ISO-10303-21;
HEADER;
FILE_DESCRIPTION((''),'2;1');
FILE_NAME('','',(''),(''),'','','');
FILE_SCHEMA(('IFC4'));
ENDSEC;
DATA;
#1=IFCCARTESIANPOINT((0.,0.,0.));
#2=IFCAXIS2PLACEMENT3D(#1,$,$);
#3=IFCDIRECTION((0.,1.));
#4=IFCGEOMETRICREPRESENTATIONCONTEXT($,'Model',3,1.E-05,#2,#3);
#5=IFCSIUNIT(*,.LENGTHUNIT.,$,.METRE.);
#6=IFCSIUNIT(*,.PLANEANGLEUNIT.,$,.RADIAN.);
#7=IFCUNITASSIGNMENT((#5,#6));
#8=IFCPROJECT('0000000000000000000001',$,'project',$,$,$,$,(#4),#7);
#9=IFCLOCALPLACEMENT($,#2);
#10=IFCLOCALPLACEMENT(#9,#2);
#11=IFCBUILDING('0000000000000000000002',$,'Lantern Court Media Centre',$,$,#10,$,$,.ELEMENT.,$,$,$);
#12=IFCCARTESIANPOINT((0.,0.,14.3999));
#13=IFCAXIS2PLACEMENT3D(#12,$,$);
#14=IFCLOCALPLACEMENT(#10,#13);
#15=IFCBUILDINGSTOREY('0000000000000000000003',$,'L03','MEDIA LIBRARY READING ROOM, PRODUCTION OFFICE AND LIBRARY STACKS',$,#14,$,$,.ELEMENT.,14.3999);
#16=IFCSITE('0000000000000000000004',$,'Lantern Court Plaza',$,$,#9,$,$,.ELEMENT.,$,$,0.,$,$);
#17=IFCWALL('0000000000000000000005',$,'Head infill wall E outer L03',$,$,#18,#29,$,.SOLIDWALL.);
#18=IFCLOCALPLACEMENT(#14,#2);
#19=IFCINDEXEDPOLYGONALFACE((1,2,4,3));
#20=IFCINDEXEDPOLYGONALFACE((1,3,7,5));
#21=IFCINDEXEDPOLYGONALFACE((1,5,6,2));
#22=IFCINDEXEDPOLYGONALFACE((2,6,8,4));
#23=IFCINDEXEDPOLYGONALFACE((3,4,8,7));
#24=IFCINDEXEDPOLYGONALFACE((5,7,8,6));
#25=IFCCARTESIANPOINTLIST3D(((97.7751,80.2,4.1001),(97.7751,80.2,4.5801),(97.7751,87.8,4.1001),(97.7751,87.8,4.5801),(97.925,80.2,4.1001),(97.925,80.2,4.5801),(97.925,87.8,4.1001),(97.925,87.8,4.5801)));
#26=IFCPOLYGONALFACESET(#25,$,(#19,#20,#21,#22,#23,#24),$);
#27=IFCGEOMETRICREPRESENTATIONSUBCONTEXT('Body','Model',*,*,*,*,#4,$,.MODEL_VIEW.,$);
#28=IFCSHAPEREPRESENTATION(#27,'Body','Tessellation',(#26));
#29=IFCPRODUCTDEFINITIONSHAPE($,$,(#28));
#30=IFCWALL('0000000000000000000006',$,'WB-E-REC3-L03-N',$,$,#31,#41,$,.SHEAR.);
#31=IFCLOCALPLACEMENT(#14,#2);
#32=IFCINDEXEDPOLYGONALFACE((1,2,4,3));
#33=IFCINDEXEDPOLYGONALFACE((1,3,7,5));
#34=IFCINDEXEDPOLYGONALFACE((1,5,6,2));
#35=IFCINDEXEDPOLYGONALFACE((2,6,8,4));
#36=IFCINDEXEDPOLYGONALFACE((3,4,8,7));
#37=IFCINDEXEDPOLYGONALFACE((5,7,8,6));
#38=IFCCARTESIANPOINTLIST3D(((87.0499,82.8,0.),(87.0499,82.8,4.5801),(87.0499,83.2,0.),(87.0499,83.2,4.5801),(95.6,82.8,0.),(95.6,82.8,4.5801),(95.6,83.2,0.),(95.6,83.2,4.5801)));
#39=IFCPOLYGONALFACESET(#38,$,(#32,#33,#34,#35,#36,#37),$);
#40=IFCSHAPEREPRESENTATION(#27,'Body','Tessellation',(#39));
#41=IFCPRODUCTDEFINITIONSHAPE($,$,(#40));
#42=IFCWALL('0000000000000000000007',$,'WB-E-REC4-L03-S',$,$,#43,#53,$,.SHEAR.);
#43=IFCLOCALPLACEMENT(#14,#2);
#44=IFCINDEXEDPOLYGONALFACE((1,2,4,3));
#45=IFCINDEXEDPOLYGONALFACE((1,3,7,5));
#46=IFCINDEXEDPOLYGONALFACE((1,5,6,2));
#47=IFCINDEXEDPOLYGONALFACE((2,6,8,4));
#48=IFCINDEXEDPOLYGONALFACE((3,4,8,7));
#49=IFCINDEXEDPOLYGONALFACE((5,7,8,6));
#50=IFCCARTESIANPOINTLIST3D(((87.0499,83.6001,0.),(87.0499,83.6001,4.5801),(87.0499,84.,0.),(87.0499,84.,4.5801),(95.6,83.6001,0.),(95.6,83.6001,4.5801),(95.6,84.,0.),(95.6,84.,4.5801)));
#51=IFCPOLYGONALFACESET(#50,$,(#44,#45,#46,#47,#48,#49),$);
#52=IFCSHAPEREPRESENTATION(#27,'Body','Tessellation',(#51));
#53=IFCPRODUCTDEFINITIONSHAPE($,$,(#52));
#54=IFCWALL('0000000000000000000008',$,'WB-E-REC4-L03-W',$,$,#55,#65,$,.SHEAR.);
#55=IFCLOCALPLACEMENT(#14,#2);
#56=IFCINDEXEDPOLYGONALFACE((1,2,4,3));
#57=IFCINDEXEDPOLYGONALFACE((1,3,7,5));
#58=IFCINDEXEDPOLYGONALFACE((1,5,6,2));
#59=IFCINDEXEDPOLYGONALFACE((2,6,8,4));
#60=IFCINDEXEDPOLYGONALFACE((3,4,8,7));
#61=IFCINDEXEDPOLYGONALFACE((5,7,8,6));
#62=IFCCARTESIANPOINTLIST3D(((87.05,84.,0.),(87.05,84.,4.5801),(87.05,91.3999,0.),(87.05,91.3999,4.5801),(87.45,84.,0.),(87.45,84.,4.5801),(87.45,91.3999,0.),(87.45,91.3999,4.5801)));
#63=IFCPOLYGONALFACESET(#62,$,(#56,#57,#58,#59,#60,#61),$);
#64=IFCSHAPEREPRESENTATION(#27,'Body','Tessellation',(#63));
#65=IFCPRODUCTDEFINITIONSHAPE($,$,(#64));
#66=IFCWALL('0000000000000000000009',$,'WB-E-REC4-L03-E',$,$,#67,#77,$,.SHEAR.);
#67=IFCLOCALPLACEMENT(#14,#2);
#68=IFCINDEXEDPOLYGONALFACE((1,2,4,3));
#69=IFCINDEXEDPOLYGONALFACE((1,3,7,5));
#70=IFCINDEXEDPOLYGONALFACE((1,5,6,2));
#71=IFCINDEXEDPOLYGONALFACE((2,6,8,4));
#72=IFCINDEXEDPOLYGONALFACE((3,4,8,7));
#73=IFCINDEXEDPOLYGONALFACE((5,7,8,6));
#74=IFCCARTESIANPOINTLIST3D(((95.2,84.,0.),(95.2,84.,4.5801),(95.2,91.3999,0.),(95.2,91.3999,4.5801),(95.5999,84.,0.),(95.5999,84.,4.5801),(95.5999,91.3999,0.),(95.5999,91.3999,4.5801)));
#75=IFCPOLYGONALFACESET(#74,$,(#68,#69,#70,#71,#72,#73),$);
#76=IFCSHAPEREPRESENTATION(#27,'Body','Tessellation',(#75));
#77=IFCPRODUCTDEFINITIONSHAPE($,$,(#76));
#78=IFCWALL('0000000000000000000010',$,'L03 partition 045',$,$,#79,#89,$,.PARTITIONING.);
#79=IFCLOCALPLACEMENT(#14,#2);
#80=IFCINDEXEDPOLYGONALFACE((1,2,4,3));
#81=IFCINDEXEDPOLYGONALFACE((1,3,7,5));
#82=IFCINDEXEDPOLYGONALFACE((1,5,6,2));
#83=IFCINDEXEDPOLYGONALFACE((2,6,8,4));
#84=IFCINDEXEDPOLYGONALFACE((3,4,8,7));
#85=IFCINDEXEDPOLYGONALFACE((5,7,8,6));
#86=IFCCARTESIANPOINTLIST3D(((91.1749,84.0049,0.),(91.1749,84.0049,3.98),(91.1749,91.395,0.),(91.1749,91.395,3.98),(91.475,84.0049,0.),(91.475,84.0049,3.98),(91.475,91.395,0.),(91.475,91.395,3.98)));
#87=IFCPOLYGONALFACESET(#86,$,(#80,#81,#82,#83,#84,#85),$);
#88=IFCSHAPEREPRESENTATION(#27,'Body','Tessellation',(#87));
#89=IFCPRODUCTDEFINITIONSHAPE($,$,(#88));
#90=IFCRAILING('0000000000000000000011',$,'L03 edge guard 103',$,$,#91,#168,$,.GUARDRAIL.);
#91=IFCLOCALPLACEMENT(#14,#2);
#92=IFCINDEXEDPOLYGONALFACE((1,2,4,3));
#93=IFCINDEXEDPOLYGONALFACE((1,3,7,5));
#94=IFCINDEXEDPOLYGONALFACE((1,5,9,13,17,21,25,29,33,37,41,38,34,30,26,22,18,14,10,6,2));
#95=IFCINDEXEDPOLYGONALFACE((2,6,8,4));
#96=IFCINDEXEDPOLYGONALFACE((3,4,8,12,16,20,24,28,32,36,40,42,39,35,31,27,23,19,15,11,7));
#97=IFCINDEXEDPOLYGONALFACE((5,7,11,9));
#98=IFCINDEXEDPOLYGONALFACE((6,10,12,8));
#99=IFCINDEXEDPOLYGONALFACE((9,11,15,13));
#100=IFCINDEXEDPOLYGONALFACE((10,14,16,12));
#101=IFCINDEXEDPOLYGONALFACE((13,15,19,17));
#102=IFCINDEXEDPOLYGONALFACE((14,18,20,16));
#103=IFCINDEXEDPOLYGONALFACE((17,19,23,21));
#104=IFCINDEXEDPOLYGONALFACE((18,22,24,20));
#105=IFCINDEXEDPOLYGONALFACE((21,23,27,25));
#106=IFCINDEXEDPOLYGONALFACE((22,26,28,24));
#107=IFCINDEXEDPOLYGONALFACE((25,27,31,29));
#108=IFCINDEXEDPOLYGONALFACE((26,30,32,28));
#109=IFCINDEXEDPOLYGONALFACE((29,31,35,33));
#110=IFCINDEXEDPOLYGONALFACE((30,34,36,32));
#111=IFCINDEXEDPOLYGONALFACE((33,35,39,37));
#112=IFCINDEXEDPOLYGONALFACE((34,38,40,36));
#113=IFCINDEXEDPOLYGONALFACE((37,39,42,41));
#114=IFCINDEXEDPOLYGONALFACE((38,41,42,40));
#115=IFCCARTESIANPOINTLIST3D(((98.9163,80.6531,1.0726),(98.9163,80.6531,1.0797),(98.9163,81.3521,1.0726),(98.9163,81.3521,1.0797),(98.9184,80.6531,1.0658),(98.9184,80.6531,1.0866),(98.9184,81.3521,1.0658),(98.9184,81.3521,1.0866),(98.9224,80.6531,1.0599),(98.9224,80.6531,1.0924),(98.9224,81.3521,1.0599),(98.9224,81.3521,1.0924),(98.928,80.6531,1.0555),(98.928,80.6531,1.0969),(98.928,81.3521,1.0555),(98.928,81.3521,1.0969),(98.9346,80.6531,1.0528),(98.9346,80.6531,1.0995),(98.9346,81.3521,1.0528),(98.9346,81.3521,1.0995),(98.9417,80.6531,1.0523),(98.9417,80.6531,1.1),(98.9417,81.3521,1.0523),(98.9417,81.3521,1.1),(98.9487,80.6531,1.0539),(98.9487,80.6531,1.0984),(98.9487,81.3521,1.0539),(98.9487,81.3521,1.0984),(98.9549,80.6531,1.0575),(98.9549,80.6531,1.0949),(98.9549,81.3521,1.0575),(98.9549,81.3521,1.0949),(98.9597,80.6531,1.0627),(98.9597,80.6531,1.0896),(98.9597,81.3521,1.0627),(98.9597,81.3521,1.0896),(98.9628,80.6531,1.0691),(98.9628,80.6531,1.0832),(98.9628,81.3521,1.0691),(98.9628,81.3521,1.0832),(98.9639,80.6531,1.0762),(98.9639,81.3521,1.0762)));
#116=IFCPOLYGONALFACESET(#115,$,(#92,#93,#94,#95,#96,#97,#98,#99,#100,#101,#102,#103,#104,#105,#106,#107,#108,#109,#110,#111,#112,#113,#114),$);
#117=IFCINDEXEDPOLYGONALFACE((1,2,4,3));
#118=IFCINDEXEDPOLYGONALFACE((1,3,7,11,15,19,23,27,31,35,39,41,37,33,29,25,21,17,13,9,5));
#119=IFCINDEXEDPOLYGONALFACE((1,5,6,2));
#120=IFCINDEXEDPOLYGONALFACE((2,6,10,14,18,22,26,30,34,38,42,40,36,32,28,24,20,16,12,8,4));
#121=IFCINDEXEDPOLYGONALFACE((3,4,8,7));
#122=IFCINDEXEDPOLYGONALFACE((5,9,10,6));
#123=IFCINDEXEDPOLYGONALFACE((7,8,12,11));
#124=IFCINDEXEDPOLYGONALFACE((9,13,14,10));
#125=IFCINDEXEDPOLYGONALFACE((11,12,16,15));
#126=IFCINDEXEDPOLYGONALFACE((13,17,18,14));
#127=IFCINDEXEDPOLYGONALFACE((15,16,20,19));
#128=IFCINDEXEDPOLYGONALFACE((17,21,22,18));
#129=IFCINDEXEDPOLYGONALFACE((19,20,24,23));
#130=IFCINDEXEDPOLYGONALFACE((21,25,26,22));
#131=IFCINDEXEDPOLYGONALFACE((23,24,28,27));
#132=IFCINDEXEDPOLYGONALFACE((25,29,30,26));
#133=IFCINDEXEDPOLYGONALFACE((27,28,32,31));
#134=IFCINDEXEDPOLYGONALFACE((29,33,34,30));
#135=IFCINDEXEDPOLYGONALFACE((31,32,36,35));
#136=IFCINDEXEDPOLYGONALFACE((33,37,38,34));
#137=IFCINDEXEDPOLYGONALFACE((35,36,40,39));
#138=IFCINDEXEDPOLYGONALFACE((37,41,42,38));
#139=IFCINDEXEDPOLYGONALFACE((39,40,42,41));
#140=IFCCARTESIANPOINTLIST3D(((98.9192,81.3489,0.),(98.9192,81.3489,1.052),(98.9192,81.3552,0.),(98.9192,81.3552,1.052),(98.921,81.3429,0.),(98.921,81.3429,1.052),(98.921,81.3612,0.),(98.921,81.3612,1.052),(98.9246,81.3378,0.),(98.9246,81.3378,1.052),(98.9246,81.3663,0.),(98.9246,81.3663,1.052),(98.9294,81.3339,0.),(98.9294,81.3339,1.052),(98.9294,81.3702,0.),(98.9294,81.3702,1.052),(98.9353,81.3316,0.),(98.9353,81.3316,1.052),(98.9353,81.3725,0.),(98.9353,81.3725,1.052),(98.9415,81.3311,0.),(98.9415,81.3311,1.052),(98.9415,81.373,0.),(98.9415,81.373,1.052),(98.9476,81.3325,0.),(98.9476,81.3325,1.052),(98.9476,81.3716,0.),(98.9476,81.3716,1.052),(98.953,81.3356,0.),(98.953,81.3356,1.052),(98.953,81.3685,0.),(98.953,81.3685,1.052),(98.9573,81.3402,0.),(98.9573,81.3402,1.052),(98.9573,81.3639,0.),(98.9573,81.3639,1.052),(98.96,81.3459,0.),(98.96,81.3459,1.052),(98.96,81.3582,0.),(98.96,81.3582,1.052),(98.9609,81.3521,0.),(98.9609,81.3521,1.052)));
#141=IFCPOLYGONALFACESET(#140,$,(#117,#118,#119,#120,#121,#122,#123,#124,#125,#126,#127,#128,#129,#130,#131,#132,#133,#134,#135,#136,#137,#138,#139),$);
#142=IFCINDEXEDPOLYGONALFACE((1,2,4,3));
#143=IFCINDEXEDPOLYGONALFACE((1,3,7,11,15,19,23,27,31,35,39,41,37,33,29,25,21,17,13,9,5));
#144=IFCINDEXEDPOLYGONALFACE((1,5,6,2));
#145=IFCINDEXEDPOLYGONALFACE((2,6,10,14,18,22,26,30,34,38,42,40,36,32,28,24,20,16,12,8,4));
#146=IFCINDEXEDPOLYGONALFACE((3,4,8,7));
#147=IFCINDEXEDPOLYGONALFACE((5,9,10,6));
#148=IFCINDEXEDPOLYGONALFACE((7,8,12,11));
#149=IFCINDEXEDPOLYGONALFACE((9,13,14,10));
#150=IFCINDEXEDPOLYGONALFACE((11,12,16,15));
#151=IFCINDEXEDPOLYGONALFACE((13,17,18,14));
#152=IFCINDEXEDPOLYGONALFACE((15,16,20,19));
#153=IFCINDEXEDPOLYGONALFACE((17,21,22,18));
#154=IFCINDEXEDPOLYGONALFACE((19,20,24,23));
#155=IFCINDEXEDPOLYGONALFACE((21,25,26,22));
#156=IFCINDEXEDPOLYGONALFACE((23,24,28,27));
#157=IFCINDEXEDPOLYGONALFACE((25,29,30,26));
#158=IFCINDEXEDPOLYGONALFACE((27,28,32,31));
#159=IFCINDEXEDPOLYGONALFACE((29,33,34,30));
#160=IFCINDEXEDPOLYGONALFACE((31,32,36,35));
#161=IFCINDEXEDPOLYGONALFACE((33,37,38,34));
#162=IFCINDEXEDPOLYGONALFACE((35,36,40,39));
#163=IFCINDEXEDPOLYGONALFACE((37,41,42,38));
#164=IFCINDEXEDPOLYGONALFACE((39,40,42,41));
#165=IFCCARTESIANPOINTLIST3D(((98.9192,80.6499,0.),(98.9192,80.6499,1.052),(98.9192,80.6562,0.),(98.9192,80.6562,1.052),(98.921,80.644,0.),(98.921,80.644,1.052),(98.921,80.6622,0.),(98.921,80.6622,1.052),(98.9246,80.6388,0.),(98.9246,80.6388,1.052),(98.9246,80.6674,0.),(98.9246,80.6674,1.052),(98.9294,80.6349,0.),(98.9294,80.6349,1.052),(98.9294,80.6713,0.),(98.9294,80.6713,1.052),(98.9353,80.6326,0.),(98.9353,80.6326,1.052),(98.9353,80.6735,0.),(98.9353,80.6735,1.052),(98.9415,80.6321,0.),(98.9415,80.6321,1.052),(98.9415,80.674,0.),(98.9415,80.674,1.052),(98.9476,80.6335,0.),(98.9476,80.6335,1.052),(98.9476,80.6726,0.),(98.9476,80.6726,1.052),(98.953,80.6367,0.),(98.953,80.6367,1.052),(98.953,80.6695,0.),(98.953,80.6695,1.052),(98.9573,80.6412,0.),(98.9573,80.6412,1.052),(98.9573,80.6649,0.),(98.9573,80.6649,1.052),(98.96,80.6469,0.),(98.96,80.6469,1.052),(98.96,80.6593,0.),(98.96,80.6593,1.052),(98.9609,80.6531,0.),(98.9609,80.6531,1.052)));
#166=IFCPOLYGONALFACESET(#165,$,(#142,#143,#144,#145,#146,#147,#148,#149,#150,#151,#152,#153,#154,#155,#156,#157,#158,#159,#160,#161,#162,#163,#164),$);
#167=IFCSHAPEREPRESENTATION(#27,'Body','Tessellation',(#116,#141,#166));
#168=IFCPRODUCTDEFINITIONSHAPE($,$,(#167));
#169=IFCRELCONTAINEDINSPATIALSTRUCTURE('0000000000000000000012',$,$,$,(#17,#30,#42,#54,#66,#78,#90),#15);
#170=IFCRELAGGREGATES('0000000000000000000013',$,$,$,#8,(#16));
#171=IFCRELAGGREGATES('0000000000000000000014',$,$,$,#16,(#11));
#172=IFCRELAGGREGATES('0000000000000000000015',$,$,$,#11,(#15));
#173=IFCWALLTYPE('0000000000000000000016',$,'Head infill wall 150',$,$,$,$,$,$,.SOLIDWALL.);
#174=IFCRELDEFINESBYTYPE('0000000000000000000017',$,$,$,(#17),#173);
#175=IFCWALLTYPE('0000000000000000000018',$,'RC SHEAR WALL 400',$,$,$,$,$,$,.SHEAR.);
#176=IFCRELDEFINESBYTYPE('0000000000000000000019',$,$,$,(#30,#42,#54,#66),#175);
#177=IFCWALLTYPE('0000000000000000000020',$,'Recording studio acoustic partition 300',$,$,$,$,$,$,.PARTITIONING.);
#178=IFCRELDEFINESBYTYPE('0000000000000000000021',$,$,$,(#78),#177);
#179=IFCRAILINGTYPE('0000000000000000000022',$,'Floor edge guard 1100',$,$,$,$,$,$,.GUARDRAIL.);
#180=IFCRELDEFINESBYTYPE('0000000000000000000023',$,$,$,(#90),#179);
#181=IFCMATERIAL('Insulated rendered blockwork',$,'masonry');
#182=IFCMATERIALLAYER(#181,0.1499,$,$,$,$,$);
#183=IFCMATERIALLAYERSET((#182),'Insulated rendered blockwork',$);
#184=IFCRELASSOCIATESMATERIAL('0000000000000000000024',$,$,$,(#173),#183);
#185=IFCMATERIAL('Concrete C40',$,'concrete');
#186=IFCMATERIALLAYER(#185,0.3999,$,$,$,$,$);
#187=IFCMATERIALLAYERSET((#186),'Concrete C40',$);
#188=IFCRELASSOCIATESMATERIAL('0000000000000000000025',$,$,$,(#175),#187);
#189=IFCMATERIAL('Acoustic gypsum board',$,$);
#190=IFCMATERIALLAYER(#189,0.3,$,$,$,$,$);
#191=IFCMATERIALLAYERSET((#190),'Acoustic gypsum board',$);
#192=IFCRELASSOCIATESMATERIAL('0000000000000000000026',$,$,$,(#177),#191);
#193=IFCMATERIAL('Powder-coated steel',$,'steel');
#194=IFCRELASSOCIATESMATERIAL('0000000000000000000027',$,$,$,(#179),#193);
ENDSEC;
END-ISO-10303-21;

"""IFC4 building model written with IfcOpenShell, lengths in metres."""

from ifc_helpers import new_model, si_unit, direction, frame, frame_2d, origin, origin_2d, place, context, subcontext, project, spatial, rectangle, circle, extrude, material, layer, layer_set, type_object, element, save


model = new_model("IFC4")

# Units and contexts
model_context = context("Model", 3, precision=1e-05, world=origin(), true_north=direction((0.0, 1.0)))
body_context = subcontext(model_context, "Body", "Model", "MODEL_VIEW")
ifc_project = project(units=[si_unit("LENGTHUNIT", "METRE"), si_unit("PLANEANGLEUNIT", "RADIAN")], contexts=[model_context])

# Site, building, storey
site_placement = place(None, origin())
site = spatial("IfcSite", under=ifc_project, at=site_placement, Name="Lantern Court Plaza", CompositionType="ELEMENT", RefElevation=0.0)
building_placement = place(site_placement, origin())
building = spatial("IfcBuilding", under=site, at=building_placement, Name="Lantern Court Media Centre", CompositionType="ELEMENT")
storey_placement = place(building_placement, frame((0.0, 0.0, 14.3999)))
storey = spatial("IfcBuildingStorey", under=building, at=storey_placement, Name="L03", Description="MEDIA LIBRARY READING ROOM, PRODUCTION OFFICE AND LIBRARY STACKS", CompositionType="ELEMENT", Elevation=14.3999)

# Walls
ifc_material_1 = material(Name="Insulated rendered blockwork", Category="masonry")
ifc_layer_1 = layer(ifc_material_1, 0.1499)
ifc_layer_set_1 = layer_set([ifc_layer_1], Name="Insulated rendered blockwork")
wall_type_1 = type_object("IfcWallType", Name="Head infill wall 150", PredefinedType="SOLIDWALL", material=ifc_layer_set_1)
wall_1_placement = place(storey_placement, frame((97.8501, 80.2, 4.1001), z_axis=(0.0, 0.0, 1.0), x_axis=(0.0, 1.0, 0.0)))
element("IfcWall", 1, at=wall_1_placement, inside=storey, type_object=wall_type_1, Name="Head infill wall E outer L03", PredefinedType="SOLIDWALL", context=body_context, shape_type="SweptSolid", body=[
    extrude(rectangle(XDim=7.6001, YDim=0.1499, at=frame_2d((3.8, 0.0))), origin(), (0.0, 0.0, 1.0), 0.48),
])
ifc_material_2 = material(Name="Concrete C40", Category="concrete")
ifc_layer_2 = layer(ifc_material_2, 0.3999)
ifc_layer_set_2 = layer_set([ifc_layer_2], Name="Concrete C40")
wall_type_2 = type_object("IfcWallType", Name="RC SHEAR WALL 400", PredefinedType="SHEAR", material=ifc_layer_set_2)
for number, where, z_axis, x_axis, name in (
    (2, (87.05, 83.0, 0.0), (0.0, 0.0, 1.0), (1.0, 0.0, 0.0), "WB-E-REC3-L03-N"),
    (3, (87.05, 83.8, 0.0), (0.0, 0.0, 1.0), (1.0, 0.0, 0.0), "WB-E-REC4-L03-S"),
):
    element("IfcWall", number, at=place(storey_placement, frame(where, z_axis=z_axis, x_axis=x_axis)), inside=storey, type_object=wall_type_2, Name=name, PredefinedType="SHEAR", context=body_context, shape_type="SweptSolid", body=[
        extrude(rectangle(XDim=8.55, YDim=0.3999, at=frame_2d((4.2749, 0.0))), origin(), (0.0, 0.0, 1.0), 4.5801),
    ])
for number, where, z_axis, x_axis, name in (
    (4, (87.25, 84.0, 0.0), (0.0, 0.0, 1.0), (0.0, 1.0, 0.0), "WB-E-REC4-L03-W"),
    (5, (95.3999, 84.0, 0.0), (0.0, 0.0, 1.0), (0.0, 1.0, 0.0), "WB-E-REC4-L03-E"),
):
    element("IfcWall", number, at=place(storey_placement, frame(where, z_axis=z_axis, x_axis=x_axis)), inside=storey, type_object=wall_type_2, Name=name, PredefinedType="SHEAR", context=body_context, shape_type="SweptSolid", body=[
        extrude(rectangle(XDim=7.3999, YDim=0.3999, at=frame_2d((3.7, 0.0))), origin(), (0.0, 0.0, 1.0), 4.5801),
    ])
ifc_material_3 = material(Name="Acoustic gypsum board")
ifc_layer_3 = layer(ifc_material_3, 0.3)
ifc_layer_set_3 = layer_set([ifc_layer_3], Name="Acoustic gypsum board")
wall_type_3 = type_object("IfcWallType", Name="Recording studio acoustic partition 300", PredefinedType="PARTITIONING", material=ifc_layer_set_3)
wall_2_placement = place(storey_placement, frame((91.325, 84.0049, 0.0), z_axis=(0.0, 0.0, 1.0), x_axis=(0.0, 1.0, 0.0)))
element("IfcWall", 6, at=wall_2_placement, inside=storey, type_object=wall_type_3, Name="L03 partition 045", PredefinedType="PARTITIONING", context=body_context, shape_type="SweptSolid", body=[
    extrude(rectangle(XDim=7.3901, YDim=0.3, at=frame_2d((3.6951, 0.0))), origin(), (0.0, 0.0, 1.0), 3.98),
])

# Railing
ifc_material_4 = material(Name="Powder-coated steel", Category="steel")
railing_type = type_object("IfcRailingType", Name="Floor edge guard 1100", PredefinedType="GUARDRAIL", material=ifc_material_4)
railing_1_placement = place(storey_placement, frame((98.9399, 81.3521, 0.0)))
element("IfcRailing", 7, at=railing_1_placement, inside=storey, type_object=railing_type, Name="L03 edge guard 103", PredefinedType="GUARDRAIL", context=body_context, shape_type="SweptSolid", body=[
    extrude(circle(Radius=0.0239, at=origin_2d()), frame((0.0, 0.0, 1.0762), z_axis=(0.0, -1.0, 0.0), x_axis=(1.0, 0.0, 0.0)), (0.0, 0.0, 1.0), 0.699),
    extrude(circle(Radius=0.021, at=origin_2d()), origin(), (0.0, 0.0, 1.0), 1.052),
    extrude(circle(Radius=0.021, at=origin_2d()), frame((0.0, -0.699, 0.0)), (0.0, 0.0, 1.0), 1.052),
])

save(model, "model.ifc")
